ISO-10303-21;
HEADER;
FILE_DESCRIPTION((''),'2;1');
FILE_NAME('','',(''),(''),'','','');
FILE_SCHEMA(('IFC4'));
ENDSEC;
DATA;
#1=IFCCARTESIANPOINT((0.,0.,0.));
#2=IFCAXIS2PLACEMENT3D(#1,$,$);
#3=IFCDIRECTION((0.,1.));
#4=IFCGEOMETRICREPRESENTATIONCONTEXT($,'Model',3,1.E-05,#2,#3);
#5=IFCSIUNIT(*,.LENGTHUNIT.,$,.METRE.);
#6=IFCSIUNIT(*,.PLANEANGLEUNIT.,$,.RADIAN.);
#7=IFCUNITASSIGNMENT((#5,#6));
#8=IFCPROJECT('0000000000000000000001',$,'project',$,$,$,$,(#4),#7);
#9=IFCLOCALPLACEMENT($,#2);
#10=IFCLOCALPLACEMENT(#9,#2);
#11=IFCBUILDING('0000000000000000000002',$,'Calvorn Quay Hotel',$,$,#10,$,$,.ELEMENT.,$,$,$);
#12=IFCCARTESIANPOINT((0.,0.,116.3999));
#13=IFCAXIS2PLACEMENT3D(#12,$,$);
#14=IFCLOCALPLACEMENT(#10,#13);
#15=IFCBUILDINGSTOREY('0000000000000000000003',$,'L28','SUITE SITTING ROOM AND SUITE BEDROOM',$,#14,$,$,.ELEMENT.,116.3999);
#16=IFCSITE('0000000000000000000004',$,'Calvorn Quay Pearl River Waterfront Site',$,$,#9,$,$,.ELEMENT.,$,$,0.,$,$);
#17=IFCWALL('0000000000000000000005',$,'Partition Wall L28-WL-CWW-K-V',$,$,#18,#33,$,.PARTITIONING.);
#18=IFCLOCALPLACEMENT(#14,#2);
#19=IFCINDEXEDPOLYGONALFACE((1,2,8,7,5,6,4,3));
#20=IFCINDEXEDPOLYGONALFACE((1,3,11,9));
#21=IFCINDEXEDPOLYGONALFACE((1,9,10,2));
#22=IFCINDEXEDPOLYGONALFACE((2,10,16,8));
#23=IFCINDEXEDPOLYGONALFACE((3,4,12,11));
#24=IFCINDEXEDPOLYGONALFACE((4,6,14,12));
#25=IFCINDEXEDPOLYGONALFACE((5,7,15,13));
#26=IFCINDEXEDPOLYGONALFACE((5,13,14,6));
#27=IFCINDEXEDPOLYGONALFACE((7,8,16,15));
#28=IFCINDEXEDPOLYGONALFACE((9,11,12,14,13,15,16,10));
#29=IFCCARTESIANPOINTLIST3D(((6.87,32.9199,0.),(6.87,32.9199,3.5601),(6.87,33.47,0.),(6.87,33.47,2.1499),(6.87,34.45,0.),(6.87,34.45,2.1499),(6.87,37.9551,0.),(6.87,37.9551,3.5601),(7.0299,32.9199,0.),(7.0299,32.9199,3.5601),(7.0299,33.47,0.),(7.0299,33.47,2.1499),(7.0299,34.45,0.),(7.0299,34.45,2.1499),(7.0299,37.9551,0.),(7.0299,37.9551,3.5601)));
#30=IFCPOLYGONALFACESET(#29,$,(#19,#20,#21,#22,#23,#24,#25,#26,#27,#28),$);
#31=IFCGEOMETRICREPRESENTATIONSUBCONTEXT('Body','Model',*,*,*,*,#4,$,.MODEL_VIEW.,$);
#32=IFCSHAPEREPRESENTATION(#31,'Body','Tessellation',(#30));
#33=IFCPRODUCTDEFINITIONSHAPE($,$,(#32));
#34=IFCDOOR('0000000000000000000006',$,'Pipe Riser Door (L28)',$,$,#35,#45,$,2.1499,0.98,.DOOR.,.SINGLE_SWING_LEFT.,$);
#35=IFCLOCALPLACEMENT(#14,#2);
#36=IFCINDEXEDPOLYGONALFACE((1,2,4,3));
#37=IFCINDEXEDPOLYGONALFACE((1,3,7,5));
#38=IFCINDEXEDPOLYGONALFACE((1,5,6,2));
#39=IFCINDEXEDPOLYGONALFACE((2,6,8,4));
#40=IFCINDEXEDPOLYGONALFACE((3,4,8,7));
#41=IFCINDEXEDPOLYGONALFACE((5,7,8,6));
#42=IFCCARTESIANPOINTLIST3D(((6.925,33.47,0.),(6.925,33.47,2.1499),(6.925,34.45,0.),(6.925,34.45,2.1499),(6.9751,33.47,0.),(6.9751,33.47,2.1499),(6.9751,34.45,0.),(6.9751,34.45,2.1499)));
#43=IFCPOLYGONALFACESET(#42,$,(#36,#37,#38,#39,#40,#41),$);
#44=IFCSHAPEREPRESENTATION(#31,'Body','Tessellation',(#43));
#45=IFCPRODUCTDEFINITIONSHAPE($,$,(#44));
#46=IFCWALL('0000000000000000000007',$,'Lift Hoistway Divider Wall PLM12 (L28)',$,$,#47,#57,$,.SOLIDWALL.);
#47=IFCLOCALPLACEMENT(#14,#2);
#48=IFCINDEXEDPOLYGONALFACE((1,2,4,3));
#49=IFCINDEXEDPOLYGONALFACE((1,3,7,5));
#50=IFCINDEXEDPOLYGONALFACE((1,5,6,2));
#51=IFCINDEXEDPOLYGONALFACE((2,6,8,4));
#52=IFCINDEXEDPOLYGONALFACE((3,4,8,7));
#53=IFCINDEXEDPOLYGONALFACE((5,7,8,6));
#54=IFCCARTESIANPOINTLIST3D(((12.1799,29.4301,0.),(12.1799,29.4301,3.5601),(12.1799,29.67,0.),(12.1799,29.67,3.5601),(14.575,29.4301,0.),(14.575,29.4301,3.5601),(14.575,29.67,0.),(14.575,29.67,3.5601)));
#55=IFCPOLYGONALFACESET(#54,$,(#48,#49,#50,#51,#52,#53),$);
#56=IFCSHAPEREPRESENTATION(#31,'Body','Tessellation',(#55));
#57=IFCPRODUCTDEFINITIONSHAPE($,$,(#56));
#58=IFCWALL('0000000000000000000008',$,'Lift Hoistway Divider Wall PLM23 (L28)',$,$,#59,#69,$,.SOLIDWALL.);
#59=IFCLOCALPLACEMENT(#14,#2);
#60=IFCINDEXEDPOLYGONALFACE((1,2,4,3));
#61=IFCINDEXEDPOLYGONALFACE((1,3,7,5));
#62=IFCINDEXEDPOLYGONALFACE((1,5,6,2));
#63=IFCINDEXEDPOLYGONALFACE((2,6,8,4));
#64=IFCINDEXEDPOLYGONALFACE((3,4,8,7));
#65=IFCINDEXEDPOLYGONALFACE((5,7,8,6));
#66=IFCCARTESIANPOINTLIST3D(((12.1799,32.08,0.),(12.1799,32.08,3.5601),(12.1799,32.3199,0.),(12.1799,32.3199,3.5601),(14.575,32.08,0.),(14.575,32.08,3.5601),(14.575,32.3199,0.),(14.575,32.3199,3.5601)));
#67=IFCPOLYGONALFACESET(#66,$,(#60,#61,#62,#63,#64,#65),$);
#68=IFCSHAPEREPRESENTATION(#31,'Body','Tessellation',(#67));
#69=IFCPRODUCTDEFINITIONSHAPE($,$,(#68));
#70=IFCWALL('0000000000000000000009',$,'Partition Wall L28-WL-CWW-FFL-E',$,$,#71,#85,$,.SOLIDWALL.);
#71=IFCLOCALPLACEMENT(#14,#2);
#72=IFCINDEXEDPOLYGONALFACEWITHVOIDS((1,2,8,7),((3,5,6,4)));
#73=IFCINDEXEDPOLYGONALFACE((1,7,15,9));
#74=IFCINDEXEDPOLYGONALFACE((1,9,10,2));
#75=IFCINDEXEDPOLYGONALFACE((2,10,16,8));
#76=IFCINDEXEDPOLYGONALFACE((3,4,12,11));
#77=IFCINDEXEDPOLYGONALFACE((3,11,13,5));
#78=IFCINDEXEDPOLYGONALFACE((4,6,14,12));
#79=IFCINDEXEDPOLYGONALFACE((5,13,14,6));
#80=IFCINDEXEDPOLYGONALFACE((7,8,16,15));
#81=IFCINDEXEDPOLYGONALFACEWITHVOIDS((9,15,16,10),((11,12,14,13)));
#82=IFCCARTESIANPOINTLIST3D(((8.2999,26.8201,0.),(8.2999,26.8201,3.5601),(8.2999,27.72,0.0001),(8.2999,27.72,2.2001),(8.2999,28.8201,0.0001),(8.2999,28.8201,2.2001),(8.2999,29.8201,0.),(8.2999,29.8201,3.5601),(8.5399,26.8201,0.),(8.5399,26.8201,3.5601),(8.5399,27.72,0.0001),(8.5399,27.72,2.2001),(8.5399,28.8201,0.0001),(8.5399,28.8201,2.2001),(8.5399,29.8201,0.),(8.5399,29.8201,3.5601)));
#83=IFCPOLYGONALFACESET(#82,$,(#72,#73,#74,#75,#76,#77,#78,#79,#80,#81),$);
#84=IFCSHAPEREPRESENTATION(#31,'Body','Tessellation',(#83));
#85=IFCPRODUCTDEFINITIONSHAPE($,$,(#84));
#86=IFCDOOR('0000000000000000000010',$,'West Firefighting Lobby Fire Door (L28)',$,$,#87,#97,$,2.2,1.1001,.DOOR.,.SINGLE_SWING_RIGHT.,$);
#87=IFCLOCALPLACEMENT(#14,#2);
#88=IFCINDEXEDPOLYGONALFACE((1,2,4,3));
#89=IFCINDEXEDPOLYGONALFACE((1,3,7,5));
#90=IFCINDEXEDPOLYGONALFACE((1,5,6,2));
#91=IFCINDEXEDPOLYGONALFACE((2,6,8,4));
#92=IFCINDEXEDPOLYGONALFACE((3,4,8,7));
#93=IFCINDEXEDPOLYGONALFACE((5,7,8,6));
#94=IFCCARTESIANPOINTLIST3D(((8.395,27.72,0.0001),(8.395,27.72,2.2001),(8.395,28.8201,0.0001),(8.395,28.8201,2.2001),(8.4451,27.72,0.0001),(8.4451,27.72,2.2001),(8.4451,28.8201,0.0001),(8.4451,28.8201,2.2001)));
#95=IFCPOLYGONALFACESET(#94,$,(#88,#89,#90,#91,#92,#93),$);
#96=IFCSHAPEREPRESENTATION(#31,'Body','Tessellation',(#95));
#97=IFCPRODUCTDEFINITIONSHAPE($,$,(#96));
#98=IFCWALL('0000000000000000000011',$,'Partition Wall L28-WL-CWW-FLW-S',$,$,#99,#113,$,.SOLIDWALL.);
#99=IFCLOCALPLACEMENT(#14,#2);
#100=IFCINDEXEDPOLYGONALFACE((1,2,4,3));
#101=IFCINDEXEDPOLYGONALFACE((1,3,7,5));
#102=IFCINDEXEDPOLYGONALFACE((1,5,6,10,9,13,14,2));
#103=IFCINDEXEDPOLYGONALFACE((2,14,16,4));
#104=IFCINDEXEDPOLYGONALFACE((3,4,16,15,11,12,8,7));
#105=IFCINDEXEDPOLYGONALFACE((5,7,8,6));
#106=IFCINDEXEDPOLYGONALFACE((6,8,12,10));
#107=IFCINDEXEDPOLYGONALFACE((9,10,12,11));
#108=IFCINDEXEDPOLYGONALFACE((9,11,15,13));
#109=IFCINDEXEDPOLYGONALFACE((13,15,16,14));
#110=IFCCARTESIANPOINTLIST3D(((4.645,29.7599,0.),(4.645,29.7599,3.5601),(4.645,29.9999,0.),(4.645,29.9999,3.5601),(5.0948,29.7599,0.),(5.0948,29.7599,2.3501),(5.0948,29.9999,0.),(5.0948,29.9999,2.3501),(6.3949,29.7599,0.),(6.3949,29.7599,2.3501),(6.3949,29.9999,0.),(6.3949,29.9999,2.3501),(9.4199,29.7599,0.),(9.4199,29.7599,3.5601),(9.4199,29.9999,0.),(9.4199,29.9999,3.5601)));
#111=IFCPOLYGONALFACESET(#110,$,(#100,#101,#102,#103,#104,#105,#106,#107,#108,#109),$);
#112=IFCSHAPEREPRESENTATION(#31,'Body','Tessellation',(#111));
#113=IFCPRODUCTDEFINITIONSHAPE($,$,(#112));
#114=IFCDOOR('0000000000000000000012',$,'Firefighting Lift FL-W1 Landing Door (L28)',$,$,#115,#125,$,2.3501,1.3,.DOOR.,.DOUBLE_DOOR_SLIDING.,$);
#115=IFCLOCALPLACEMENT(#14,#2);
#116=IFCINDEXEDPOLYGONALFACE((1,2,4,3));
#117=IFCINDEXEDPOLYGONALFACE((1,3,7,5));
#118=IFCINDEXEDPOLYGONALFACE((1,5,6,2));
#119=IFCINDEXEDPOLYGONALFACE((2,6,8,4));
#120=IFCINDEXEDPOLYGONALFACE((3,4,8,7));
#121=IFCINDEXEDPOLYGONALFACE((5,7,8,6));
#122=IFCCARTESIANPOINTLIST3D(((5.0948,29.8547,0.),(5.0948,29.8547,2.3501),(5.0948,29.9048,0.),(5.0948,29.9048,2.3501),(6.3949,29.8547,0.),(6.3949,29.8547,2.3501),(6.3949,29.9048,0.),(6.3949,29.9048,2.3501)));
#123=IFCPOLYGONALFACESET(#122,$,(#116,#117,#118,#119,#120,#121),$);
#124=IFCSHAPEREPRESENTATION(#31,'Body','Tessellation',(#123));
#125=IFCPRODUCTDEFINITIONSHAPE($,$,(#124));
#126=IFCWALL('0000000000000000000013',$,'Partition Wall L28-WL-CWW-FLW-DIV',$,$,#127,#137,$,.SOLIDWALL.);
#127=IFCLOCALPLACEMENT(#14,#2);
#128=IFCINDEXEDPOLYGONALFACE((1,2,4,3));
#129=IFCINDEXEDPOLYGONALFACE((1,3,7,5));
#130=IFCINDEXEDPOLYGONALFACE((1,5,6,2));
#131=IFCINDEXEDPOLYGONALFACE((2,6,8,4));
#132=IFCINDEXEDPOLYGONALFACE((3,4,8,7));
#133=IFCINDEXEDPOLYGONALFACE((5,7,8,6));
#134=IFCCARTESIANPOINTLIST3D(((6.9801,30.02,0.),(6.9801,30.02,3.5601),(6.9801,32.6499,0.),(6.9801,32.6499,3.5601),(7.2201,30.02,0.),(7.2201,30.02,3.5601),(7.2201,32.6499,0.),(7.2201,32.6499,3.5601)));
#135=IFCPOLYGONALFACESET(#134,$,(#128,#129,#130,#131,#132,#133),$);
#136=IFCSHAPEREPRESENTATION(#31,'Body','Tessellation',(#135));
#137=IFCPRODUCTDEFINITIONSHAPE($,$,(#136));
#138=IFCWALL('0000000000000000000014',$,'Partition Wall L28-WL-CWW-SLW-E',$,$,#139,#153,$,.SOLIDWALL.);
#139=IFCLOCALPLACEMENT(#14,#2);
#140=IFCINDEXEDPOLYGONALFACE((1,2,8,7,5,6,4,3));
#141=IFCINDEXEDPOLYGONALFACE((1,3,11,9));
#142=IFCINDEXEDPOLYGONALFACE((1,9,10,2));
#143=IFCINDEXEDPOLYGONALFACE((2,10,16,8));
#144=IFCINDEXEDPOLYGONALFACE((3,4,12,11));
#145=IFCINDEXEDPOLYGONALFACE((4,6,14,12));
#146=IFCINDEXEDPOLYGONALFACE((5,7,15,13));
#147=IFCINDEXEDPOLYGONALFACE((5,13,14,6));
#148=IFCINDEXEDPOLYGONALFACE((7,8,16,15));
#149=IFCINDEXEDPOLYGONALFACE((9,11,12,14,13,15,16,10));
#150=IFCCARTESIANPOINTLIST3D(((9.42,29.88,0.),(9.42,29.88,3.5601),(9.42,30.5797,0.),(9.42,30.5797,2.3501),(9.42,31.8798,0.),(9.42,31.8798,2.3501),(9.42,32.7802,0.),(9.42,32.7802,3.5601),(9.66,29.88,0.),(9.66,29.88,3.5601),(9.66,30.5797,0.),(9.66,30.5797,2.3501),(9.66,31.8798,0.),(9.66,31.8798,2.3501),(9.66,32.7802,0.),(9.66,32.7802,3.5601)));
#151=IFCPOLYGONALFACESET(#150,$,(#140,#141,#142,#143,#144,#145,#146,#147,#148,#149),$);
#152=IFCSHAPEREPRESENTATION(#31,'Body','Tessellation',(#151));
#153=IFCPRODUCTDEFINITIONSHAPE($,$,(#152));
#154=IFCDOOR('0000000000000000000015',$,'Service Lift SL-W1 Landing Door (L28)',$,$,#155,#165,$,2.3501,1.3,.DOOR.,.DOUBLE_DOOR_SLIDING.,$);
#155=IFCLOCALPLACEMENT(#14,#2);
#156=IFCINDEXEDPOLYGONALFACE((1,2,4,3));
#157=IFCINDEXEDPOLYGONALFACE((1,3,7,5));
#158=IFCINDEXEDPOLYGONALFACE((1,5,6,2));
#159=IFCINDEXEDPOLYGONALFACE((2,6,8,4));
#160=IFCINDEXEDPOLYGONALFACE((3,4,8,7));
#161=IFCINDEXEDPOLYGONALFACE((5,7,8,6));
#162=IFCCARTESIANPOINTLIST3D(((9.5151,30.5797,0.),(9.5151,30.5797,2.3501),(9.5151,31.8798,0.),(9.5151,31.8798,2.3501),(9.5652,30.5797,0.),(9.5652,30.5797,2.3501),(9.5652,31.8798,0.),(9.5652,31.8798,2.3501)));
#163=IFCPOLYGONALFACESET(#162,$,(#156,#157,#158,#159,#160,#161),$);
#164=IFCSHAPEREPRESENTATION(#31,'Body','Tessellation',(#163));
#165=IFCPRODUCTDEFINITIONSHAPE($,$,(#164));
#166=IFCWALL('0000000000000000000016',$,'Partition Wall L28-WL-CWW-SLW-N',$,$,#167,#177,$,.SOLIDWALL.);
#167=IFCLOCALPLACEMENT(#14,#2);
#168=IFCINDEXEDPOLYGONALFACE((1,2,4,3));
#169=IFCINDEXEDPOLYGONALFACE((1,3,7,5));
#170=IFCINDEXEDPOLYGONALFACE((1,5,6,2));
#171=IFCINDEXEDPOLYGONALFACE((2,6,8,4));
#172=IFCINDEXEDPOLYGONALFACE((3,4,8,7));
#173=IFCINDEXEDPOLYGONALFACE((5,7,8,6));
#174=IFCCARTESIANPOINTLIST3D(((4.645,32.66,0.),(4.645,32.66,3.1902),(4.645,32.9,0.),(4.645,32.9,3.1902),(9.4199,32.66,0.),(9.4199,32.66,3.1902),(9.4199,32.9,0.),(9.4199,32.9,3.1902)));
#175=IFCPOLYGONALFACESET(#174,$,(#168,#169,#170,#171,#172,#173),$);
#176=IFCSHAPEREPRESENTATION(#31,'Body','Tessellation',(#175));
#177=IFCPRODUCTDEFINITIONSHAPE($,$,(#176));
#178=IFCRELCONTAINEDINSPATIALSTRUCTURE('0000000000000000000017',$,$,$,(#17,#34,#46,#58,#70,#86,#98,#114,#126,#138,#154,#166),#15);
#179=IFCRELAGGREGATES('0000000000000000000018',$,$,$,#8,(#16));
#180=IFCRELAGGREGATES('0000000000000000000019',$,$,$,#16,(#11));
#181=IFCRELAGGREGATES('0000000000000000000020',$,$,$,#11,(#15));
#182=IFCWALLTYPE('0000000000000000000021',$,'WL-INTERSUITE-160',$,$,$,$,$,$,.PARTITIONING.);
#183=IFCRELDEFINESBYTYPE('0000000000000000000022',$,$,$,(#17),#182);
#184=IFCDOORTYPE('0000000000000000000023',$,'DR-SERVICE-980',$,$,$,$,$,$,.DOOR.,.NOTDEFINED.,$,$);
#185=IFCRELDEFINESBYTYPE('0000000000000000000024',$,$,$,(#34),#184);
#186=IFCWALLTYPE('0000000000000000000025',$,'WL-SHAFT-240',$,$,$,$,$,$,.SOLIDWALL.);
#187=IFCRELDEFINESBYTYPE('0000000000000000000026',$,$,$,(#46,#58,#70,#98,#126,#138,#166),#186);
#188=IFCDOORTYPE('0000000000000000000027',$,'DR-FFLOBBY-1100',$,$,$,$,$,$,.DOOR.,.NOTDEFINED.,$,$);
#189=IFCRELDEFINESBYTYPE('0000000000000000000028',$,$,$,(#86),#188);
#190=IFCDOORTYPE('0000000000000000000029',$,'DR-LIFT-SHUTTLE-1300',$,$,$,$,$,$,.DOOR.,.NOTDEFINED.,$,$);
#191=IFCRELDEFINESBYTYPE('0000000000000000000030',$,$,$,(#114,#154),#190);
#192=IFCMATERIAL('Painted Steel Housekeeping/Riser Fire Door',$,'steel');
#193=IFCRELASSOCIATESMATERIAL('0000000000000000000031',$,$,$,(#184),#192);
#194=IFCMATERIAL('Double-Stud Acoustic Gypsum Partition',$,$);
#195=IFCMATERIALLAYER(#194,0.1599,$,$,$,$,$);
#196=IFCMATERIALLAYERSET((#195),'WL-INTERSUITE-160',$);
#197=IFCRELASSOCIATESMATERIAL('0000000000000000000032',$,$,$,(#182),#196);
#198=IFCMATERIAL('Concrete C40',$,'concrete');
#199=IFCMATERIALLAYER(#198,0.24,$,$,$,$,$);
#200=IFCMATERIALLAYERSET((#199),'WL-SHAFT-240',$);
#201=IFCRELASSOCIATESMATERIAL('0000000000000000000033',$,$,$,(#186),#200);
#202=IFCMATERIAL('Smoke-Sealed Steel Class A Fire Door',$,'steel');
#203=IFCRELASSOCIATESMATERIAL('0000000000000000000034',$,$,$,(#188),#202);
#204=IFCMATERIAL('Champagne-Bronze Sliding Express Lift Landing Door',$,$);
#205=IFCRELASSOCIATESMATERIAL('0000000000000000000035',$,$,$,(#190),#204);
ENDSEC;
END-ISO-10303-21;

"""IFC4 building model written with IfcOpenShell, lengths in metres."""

from ifc_helpers import new_model, si_unit, direction, frame, frame_2d, origin, place, context, subcontext, project, spatial, rectangle, extrude, material, layer, layer_set, type_object, element, fill, save


model = new_model("IFC4")

# Units and contexts
model_context = context("Model", 3, precision=1e-05, world=origin(), true_north=direction((0.0, 1.0)))
body_context = subcontext(model_context, "Body", "Model", "MODEL_VIEW")
ifc_project = project(units=[si_unit("LENGTHUNIT", "METRE"), si_unit("PLANEANGLEUNIT", "RADIAN")], contexts=[model_context])

# Site, building, storey
site_placement = place(None, origin())
site = spatial("IfcSite", under=ifc_project, at=site_placement, Name="Calvorn Quay Pearl River Waterfront Site", CompositionType="ELEMENT", RefElevation=0.0)
building_placement = place(site_placement, origin())
building = spatial("IfcBuilding", under=site, at=building_placement, Name="Calvorn Quay Hotel", CompositionType="ELEMENT")
storey_placement = place(building_placement, frame((0.0, 0.0, 116.3999)))
storey = spatial("IfcBuildingStorey", under=building, at=storey_placement, Name="L28", Description="SUITE SITTING ROOM AND SUITE BEDROOM", CompositionType="ELEMENT", Elevation=116.3999)

# Wall, opening, door
ifc_material_1 = material(Name="Painted Steel Housekeeping/Riser Fire Door", Category="steel")
door_type_1 = type_object("IfcDoorType", Name="DR-SERVICE-980", OperationType="NOTDEFINED", PredefinedType="DOOR", material=ifc_material_1)
ifc_material_2 = material(Name="Double-Stud Acoustic Gypsum Partition")
ifc_layer_1 = layer(ifc_material_2, 0.1599)
ifc_layer_set_1 = layer_set([ifc_layer_1], Name="WL-INTERSUITE-160")
wall_type_1 = type_object("IfcWallType", Name="WL-INTERSUITE-160", PredefinedType="PARTITIONING", material=ifc_layer_set_1)
wall_1_placement = place(storey_placement, frame((6.95, 32.9199, 0.0), z_axis=(0.0, 0.0, 1.0), x_axis=(0.0, 1.0, 0.0)))
wall_1 = element("IfcWall", 1, at=wall_1_placement, inside=storey, type_object=wall_type_1, Name="Partition Wall L28-WL-CWW-K-V", PredefinedType="PARTITIONING", context=body_context, shape_type="SweptSolid", body=[
    extrude(rectangle(XDim=5.0352, YDim=0.1599, at=frame_2d((2.5176, 0.0))), origin(), (0.0, 0.0, 1.0), 3.5601),
])
opening_1_placement = place(wall_1_placement, frame((0.55, 0.0, 0.0)))
opening_1 = element("IfcOpeningElement", 2, at=opening_1_placement, cuts=wall_1, PredefinedType="OPENING", context=body_context, shape_type="SweptSolid", body=[
    extrude(rectangle(XDim=0.98, YDim=2.1499, at=frame_2d((0.49, 1.075))), frame((0.0, 0.0898, 0.0), z_axis=(0.0, -1.0, 0.0), x_axis=(1.0, 0.0, 0.0)), (0.0, 0.0, 1.0), 0.1799),
])
door_1_placement = place(opening_1_placement, origin())
door_1 = element("IfcDoor", 3, at=door_1_placement, inside=storey, type_object=door_type_1, Name="Pipe Riser Door (L28)", OperationType="SINGLE_SWING_LEFT", OverallHeight=2.1499, OverallWidth=0.98, PredefinedType="DOOR", context=body_context, shape_type="SweptSolid", body=[
    extrude(rectangle(XDim=0.98, YDim=2.1499, at=frame_2d((0.49, 1.075))), frame((0.0, 0.0249, 0.0), z_axis=(0.0, -1.0, 0.0), x_axis=(1.0, 0.0, 0.0)), (0.0, 0.0, 1.0), 0.05),
])
fill(opening_1, door_1)

# Walls
ifc_material_3 = material(Name="Concrete C40", Category="concrete")
ifc_layer_2 = layer(ifc_material_3, 0.24)
ifc_layer_set_2 = layer_set([ifc_layer_2], Name="WL-SHAFT-240")
wall_type_2 = type_object("IfcWallType", Name="WL-SHAFT-240", PredefinedType="SOLIDWALL", material=ifc_layer_set_2)
for number, where, z_axis, x_axis, name in (
    (4, (12.1799, 29.55, 0.0), (0.0, 0.0, 1.0), (1.0, 0.0, 0.0), "Lift Hoistway Divider Wall PLM12 (L28)"),
    (5, (12.1799, 32.2, 0.0), (0.0, 0.0, 1.0), (1.0, 0.0, 0.0), "Lift Hoistway Divider Wall PLM23 (L28)"),
):
    element("IfcWall", number, at=place(storey_placement, frame(where, z_axis=z_axis, x_axis=x_axis)), inside=storey, type_object=wall_type_2, Name=name, PredefinedType="SOLIDWALL", context=body_context, shape_type="SweptSolid", body=[
        extrude(rectangle(XDim=2.395, YDim=0.24, at=frame_2d((1.1975, 0.0))), origin(), (0.0, 0.0, 1.0), 3.5601),
    ])

# Walls, openings, doors
wall_2_placement = place(storey_placement, frame((8.4199, 26.8201, 0.0), z_axis=(0.0, 0.0, 1.0), x_axis=(0.0, 1.0, 0.0)))
wall_2 = element("IfcWall", 6, at=wall_2_placement, inside=storey, type_object=wall_type_2, Name="Partition Wall L28-WL-CWW-FFL-E", PredefinedType="SOLIDWALL", context=body_context, shape_type="SweptSolid", body=[
    extrude(rectangle(XDim=3.0, YDim=0.24, at=frame_2d((1.5, 0.0))), origin(), (0.0, 0.0, 1.0), 3.5601),
])
opening_2_placement = place(wall_2_placement, frame((0.8999, 0.0, 0.0)))
opening_2 = element("IfcOpeningElement", 7, at=opening_2_placement, cuts=wall_2, PredefinedType="OPENING", context=body_context, shape_type="SweptSolid", body=[
    extrude(rectangle(XDim=1.1001, YDim=2.2, at=frame_2d((0.55, 1.1001))), frame((0.0, 0.1299, 0.0), z_axis=(0.0, -1.0, 0.0), x_axis=(1.0, 0.0, 0.0)), (0.0, 0.0, 1.0), 0.26),
])
ifc_material_4 = material(Name="Smoke-Sealed Steel Class A Fire Door", Category="steel")
door_type_2 = type_object("IfcDoorType", Name="DR-FFLOBBY-1100", OperationType="NOTDEFINED", PredefinedType="DOOR", material=ifc_material_4)
door_2_placement = place(opening_2_placement, origin())
door_2 = element("IfcDoor", 8, at=door_2_placement, inside=storey, type_object=door_type_2, Name="West Firefighting Lobby Fire Door (L28)", OperationType="SINGLE_SWING_RIGHT", OverallHeight=2.2, OverallWidth=1.1001, PredefinedType="DOOR", context=body_context, shape_type="SweptSolid", body=[
    extrude(rectangle(XDim=1.1001, YDim=2.2, at=frame_2d((0.55, 1.1001))), frame((0.0, 0.0249, 0.0), z_axis=(0.0, -1.0, 0.0), x_axis=(1.0, 0.0, 0.0)), (0.0, 0.0, 1.0), 0.05),
])
fill(opening_2, door_2)
wall_3_placement = place(storey_placement, frame((4.645, 29.8799, 0.0), z_axis=(0.0, 0.0, 1.0), x_axis=(1.0, 0.0, 0.0)))
wall_3 = element("IfcWall", 9, at=wall_3_placement, inside=storey, type_object=wall_type_2, Name="Partition Wall L28-WL-CWW-FLW-S", PredefinedType="SOLIDWALL", context=body_context, shape_type="SweptSolid", body=[
    extrude(rectangle(XDim=4.7749, YDim=0.24, at=frame_2d((2.3875, 0.0))), origin(), (0.0, 0.0, 1.0), 3.5601),
])
opening_3_placement = place(wall_3_placement, frame((0.45, 0.0, 0.0)))
opening_3 = element("IfcOpeningElement", 10, at=opening_3_placement, cuts=wall_3, PredefinedType="OPENING", context=body_context, shape_type="SweptSolid", body=[
    extrude(rectangle(XDim=1.3, YDim=2.3501, at=frame_2d((0.6499, 1.175))), frame((0.0, 0.1299, 0.0), z_axis=(0.0, -1.0, 0.0), x_axis=(1.0, 0.0, 0.0)), (0.0, 0.0, 1.0), 0.26),
])
ifc_material_5 = material(Name="Champagne-Bronze Sliding Express Lift Landing Door")
door_type_3 = type_object("IfcDoorType", Name="DR-LIFT-SHUTTLE-1300", OperationType="NOTDEFINED", PredefinedType="DOOR", material=ifc_material_5)
door_3_placement = place(opening_3_placement, origin())
door_3 = element("IfcDoor", 11, at=door_3_placement, inside=storey, type_object=door_type_3, Name="Firefighting Lift FL-W1 Landing Door (L28)", OperationType="DOUBLE_DOOR_SLIDING", OverallHeight=2.3501, OverallWidth=1.3, PredefinedType="DOOR", context=body_context, shape_type="SweptSolid", body=[
    extrude(rectangle(XDim=1.3, YDim=2.3501, at=frame_2d((0.6499, 1.175))), frame((0.0, 0.0249, 0.0), z_axis=(0.0, -1.0, 0.0), x_axis=(1.0, 0.0, 0.0)), (0.0, 0.0, 1.0), 0.05),
])
fill(opening_3, door_3)

# Wall
wall_4_placement = place(storey_placement, frame((7.1001, 30.02, 0.0), z_axis=(0.0, 0.0, 1.0), x_axis=(0.0, 1.0, 0.0)))
element("IfcWall", 12, at=wall_4_placement, inside=storey, type_object=wall_type_2, Name="Partition Wall L28-WL-CWW-FLW-DIV", PredefinedType="SOLIDWALL", context=body_context, shape_type="SweptSolid", body=[
    extrude(rectangle(XDim=2.6299, YDim=0.24, at=frame_2d((1.3149, 0.0))), origin(), (0.0, 0.0, 1.0), 3.5601),
])

# Wall, opening, door
wall_5_placement = place(storey_placement, frame((9.54, 29.8799, 0.0), z_axis=(0.0, 0.0, 1.0), x_axis=(0.0, 1.0, 0.0)))
wall_5 = element("IfcWall", 13, at=wall_5_placement, inside=storey, type_object=wall_type_2, Name="Partition Wall L28-WL-CWW-SLW-E", PredefinedType="SOLIDWALL", context=body_context, shape_type="SweptSolid", body=[
    extrude(rectangle(XDim=2.9001, YDim=0.24, at=frame_2d((1.4502, 0.0))), origin(), (0.0, 0.0, 1.0), 3.5601),
])
opening_4_placement = place(wall_5_placement, frame((0.7, 0.0, 0.0)))
opening_4 = element("IfcOpeningElement", 14, at=opening_4_placement, cuts=wall_5, PredefinedType="OPENING", context=body_context, shape_type="SweptSolid", body=[
    extrude(rectangle(XDim=1.3, YDim=2.3501, at=frame_2d((0.6499, 1.175))), frame((0.0, 0.1299, 0.0), z_axis=(0.0, -1.0, 0.0), x_axis=(1.0, 0.0, 0.0)), (0.0, 0.0, 1.0), 0.26),
])
door_4_placement = place(opening_4_placement, origin())
door_4 = element("IfcDoor", 15, at=door_4_placement, inside=storey, type_object=door_type_3, Name="Service Lift SL-W1 Landing Door (L28)", OperationType="DOUBLE_DOOR_SLIDING", OverallHeight=2.3501, OverallWidth=1.3, PredefinedType="DOOR", context=body_context, shape_type="SweptSolid", body=[
    extrude(rectangle(XDim=1.3, YDim=2.3501, at=frame_2d((0.6499, 1.175))), frame((0.0, 0.0249, 0.0), z_axis=(0.0, -1.0, 0.0), x_axis=(1.0, 0.0, 0.0)), (0.0, 0.0, 1.0), 0.05),
])
fill(opening_4, door_4)

# Wall
wall_6_placement = place(storey_placement, frame((4.645, 32.78, 0.0), z_axis=(0.0, 0.0, 1.0), x_axis=(1.0, 0.0, 0.0)))
element("IfcWall", 16, at=wall_6_placement, inside=storey, type_object=wall_type_2, Name="Partition Wall L28-WL-CWW-SLW-N", PredefinedType="SOLIDWALL", context=body_context, shape_type="SweptSolid", body=[
    extrude(rectangle(XDim=4.7749, YDim=0.24, at=frame_2d((2.3875, 0.0))), origin(), (0.0, 0.0, 1.0), 3.1902),
])

save(model, "model.ifc")
